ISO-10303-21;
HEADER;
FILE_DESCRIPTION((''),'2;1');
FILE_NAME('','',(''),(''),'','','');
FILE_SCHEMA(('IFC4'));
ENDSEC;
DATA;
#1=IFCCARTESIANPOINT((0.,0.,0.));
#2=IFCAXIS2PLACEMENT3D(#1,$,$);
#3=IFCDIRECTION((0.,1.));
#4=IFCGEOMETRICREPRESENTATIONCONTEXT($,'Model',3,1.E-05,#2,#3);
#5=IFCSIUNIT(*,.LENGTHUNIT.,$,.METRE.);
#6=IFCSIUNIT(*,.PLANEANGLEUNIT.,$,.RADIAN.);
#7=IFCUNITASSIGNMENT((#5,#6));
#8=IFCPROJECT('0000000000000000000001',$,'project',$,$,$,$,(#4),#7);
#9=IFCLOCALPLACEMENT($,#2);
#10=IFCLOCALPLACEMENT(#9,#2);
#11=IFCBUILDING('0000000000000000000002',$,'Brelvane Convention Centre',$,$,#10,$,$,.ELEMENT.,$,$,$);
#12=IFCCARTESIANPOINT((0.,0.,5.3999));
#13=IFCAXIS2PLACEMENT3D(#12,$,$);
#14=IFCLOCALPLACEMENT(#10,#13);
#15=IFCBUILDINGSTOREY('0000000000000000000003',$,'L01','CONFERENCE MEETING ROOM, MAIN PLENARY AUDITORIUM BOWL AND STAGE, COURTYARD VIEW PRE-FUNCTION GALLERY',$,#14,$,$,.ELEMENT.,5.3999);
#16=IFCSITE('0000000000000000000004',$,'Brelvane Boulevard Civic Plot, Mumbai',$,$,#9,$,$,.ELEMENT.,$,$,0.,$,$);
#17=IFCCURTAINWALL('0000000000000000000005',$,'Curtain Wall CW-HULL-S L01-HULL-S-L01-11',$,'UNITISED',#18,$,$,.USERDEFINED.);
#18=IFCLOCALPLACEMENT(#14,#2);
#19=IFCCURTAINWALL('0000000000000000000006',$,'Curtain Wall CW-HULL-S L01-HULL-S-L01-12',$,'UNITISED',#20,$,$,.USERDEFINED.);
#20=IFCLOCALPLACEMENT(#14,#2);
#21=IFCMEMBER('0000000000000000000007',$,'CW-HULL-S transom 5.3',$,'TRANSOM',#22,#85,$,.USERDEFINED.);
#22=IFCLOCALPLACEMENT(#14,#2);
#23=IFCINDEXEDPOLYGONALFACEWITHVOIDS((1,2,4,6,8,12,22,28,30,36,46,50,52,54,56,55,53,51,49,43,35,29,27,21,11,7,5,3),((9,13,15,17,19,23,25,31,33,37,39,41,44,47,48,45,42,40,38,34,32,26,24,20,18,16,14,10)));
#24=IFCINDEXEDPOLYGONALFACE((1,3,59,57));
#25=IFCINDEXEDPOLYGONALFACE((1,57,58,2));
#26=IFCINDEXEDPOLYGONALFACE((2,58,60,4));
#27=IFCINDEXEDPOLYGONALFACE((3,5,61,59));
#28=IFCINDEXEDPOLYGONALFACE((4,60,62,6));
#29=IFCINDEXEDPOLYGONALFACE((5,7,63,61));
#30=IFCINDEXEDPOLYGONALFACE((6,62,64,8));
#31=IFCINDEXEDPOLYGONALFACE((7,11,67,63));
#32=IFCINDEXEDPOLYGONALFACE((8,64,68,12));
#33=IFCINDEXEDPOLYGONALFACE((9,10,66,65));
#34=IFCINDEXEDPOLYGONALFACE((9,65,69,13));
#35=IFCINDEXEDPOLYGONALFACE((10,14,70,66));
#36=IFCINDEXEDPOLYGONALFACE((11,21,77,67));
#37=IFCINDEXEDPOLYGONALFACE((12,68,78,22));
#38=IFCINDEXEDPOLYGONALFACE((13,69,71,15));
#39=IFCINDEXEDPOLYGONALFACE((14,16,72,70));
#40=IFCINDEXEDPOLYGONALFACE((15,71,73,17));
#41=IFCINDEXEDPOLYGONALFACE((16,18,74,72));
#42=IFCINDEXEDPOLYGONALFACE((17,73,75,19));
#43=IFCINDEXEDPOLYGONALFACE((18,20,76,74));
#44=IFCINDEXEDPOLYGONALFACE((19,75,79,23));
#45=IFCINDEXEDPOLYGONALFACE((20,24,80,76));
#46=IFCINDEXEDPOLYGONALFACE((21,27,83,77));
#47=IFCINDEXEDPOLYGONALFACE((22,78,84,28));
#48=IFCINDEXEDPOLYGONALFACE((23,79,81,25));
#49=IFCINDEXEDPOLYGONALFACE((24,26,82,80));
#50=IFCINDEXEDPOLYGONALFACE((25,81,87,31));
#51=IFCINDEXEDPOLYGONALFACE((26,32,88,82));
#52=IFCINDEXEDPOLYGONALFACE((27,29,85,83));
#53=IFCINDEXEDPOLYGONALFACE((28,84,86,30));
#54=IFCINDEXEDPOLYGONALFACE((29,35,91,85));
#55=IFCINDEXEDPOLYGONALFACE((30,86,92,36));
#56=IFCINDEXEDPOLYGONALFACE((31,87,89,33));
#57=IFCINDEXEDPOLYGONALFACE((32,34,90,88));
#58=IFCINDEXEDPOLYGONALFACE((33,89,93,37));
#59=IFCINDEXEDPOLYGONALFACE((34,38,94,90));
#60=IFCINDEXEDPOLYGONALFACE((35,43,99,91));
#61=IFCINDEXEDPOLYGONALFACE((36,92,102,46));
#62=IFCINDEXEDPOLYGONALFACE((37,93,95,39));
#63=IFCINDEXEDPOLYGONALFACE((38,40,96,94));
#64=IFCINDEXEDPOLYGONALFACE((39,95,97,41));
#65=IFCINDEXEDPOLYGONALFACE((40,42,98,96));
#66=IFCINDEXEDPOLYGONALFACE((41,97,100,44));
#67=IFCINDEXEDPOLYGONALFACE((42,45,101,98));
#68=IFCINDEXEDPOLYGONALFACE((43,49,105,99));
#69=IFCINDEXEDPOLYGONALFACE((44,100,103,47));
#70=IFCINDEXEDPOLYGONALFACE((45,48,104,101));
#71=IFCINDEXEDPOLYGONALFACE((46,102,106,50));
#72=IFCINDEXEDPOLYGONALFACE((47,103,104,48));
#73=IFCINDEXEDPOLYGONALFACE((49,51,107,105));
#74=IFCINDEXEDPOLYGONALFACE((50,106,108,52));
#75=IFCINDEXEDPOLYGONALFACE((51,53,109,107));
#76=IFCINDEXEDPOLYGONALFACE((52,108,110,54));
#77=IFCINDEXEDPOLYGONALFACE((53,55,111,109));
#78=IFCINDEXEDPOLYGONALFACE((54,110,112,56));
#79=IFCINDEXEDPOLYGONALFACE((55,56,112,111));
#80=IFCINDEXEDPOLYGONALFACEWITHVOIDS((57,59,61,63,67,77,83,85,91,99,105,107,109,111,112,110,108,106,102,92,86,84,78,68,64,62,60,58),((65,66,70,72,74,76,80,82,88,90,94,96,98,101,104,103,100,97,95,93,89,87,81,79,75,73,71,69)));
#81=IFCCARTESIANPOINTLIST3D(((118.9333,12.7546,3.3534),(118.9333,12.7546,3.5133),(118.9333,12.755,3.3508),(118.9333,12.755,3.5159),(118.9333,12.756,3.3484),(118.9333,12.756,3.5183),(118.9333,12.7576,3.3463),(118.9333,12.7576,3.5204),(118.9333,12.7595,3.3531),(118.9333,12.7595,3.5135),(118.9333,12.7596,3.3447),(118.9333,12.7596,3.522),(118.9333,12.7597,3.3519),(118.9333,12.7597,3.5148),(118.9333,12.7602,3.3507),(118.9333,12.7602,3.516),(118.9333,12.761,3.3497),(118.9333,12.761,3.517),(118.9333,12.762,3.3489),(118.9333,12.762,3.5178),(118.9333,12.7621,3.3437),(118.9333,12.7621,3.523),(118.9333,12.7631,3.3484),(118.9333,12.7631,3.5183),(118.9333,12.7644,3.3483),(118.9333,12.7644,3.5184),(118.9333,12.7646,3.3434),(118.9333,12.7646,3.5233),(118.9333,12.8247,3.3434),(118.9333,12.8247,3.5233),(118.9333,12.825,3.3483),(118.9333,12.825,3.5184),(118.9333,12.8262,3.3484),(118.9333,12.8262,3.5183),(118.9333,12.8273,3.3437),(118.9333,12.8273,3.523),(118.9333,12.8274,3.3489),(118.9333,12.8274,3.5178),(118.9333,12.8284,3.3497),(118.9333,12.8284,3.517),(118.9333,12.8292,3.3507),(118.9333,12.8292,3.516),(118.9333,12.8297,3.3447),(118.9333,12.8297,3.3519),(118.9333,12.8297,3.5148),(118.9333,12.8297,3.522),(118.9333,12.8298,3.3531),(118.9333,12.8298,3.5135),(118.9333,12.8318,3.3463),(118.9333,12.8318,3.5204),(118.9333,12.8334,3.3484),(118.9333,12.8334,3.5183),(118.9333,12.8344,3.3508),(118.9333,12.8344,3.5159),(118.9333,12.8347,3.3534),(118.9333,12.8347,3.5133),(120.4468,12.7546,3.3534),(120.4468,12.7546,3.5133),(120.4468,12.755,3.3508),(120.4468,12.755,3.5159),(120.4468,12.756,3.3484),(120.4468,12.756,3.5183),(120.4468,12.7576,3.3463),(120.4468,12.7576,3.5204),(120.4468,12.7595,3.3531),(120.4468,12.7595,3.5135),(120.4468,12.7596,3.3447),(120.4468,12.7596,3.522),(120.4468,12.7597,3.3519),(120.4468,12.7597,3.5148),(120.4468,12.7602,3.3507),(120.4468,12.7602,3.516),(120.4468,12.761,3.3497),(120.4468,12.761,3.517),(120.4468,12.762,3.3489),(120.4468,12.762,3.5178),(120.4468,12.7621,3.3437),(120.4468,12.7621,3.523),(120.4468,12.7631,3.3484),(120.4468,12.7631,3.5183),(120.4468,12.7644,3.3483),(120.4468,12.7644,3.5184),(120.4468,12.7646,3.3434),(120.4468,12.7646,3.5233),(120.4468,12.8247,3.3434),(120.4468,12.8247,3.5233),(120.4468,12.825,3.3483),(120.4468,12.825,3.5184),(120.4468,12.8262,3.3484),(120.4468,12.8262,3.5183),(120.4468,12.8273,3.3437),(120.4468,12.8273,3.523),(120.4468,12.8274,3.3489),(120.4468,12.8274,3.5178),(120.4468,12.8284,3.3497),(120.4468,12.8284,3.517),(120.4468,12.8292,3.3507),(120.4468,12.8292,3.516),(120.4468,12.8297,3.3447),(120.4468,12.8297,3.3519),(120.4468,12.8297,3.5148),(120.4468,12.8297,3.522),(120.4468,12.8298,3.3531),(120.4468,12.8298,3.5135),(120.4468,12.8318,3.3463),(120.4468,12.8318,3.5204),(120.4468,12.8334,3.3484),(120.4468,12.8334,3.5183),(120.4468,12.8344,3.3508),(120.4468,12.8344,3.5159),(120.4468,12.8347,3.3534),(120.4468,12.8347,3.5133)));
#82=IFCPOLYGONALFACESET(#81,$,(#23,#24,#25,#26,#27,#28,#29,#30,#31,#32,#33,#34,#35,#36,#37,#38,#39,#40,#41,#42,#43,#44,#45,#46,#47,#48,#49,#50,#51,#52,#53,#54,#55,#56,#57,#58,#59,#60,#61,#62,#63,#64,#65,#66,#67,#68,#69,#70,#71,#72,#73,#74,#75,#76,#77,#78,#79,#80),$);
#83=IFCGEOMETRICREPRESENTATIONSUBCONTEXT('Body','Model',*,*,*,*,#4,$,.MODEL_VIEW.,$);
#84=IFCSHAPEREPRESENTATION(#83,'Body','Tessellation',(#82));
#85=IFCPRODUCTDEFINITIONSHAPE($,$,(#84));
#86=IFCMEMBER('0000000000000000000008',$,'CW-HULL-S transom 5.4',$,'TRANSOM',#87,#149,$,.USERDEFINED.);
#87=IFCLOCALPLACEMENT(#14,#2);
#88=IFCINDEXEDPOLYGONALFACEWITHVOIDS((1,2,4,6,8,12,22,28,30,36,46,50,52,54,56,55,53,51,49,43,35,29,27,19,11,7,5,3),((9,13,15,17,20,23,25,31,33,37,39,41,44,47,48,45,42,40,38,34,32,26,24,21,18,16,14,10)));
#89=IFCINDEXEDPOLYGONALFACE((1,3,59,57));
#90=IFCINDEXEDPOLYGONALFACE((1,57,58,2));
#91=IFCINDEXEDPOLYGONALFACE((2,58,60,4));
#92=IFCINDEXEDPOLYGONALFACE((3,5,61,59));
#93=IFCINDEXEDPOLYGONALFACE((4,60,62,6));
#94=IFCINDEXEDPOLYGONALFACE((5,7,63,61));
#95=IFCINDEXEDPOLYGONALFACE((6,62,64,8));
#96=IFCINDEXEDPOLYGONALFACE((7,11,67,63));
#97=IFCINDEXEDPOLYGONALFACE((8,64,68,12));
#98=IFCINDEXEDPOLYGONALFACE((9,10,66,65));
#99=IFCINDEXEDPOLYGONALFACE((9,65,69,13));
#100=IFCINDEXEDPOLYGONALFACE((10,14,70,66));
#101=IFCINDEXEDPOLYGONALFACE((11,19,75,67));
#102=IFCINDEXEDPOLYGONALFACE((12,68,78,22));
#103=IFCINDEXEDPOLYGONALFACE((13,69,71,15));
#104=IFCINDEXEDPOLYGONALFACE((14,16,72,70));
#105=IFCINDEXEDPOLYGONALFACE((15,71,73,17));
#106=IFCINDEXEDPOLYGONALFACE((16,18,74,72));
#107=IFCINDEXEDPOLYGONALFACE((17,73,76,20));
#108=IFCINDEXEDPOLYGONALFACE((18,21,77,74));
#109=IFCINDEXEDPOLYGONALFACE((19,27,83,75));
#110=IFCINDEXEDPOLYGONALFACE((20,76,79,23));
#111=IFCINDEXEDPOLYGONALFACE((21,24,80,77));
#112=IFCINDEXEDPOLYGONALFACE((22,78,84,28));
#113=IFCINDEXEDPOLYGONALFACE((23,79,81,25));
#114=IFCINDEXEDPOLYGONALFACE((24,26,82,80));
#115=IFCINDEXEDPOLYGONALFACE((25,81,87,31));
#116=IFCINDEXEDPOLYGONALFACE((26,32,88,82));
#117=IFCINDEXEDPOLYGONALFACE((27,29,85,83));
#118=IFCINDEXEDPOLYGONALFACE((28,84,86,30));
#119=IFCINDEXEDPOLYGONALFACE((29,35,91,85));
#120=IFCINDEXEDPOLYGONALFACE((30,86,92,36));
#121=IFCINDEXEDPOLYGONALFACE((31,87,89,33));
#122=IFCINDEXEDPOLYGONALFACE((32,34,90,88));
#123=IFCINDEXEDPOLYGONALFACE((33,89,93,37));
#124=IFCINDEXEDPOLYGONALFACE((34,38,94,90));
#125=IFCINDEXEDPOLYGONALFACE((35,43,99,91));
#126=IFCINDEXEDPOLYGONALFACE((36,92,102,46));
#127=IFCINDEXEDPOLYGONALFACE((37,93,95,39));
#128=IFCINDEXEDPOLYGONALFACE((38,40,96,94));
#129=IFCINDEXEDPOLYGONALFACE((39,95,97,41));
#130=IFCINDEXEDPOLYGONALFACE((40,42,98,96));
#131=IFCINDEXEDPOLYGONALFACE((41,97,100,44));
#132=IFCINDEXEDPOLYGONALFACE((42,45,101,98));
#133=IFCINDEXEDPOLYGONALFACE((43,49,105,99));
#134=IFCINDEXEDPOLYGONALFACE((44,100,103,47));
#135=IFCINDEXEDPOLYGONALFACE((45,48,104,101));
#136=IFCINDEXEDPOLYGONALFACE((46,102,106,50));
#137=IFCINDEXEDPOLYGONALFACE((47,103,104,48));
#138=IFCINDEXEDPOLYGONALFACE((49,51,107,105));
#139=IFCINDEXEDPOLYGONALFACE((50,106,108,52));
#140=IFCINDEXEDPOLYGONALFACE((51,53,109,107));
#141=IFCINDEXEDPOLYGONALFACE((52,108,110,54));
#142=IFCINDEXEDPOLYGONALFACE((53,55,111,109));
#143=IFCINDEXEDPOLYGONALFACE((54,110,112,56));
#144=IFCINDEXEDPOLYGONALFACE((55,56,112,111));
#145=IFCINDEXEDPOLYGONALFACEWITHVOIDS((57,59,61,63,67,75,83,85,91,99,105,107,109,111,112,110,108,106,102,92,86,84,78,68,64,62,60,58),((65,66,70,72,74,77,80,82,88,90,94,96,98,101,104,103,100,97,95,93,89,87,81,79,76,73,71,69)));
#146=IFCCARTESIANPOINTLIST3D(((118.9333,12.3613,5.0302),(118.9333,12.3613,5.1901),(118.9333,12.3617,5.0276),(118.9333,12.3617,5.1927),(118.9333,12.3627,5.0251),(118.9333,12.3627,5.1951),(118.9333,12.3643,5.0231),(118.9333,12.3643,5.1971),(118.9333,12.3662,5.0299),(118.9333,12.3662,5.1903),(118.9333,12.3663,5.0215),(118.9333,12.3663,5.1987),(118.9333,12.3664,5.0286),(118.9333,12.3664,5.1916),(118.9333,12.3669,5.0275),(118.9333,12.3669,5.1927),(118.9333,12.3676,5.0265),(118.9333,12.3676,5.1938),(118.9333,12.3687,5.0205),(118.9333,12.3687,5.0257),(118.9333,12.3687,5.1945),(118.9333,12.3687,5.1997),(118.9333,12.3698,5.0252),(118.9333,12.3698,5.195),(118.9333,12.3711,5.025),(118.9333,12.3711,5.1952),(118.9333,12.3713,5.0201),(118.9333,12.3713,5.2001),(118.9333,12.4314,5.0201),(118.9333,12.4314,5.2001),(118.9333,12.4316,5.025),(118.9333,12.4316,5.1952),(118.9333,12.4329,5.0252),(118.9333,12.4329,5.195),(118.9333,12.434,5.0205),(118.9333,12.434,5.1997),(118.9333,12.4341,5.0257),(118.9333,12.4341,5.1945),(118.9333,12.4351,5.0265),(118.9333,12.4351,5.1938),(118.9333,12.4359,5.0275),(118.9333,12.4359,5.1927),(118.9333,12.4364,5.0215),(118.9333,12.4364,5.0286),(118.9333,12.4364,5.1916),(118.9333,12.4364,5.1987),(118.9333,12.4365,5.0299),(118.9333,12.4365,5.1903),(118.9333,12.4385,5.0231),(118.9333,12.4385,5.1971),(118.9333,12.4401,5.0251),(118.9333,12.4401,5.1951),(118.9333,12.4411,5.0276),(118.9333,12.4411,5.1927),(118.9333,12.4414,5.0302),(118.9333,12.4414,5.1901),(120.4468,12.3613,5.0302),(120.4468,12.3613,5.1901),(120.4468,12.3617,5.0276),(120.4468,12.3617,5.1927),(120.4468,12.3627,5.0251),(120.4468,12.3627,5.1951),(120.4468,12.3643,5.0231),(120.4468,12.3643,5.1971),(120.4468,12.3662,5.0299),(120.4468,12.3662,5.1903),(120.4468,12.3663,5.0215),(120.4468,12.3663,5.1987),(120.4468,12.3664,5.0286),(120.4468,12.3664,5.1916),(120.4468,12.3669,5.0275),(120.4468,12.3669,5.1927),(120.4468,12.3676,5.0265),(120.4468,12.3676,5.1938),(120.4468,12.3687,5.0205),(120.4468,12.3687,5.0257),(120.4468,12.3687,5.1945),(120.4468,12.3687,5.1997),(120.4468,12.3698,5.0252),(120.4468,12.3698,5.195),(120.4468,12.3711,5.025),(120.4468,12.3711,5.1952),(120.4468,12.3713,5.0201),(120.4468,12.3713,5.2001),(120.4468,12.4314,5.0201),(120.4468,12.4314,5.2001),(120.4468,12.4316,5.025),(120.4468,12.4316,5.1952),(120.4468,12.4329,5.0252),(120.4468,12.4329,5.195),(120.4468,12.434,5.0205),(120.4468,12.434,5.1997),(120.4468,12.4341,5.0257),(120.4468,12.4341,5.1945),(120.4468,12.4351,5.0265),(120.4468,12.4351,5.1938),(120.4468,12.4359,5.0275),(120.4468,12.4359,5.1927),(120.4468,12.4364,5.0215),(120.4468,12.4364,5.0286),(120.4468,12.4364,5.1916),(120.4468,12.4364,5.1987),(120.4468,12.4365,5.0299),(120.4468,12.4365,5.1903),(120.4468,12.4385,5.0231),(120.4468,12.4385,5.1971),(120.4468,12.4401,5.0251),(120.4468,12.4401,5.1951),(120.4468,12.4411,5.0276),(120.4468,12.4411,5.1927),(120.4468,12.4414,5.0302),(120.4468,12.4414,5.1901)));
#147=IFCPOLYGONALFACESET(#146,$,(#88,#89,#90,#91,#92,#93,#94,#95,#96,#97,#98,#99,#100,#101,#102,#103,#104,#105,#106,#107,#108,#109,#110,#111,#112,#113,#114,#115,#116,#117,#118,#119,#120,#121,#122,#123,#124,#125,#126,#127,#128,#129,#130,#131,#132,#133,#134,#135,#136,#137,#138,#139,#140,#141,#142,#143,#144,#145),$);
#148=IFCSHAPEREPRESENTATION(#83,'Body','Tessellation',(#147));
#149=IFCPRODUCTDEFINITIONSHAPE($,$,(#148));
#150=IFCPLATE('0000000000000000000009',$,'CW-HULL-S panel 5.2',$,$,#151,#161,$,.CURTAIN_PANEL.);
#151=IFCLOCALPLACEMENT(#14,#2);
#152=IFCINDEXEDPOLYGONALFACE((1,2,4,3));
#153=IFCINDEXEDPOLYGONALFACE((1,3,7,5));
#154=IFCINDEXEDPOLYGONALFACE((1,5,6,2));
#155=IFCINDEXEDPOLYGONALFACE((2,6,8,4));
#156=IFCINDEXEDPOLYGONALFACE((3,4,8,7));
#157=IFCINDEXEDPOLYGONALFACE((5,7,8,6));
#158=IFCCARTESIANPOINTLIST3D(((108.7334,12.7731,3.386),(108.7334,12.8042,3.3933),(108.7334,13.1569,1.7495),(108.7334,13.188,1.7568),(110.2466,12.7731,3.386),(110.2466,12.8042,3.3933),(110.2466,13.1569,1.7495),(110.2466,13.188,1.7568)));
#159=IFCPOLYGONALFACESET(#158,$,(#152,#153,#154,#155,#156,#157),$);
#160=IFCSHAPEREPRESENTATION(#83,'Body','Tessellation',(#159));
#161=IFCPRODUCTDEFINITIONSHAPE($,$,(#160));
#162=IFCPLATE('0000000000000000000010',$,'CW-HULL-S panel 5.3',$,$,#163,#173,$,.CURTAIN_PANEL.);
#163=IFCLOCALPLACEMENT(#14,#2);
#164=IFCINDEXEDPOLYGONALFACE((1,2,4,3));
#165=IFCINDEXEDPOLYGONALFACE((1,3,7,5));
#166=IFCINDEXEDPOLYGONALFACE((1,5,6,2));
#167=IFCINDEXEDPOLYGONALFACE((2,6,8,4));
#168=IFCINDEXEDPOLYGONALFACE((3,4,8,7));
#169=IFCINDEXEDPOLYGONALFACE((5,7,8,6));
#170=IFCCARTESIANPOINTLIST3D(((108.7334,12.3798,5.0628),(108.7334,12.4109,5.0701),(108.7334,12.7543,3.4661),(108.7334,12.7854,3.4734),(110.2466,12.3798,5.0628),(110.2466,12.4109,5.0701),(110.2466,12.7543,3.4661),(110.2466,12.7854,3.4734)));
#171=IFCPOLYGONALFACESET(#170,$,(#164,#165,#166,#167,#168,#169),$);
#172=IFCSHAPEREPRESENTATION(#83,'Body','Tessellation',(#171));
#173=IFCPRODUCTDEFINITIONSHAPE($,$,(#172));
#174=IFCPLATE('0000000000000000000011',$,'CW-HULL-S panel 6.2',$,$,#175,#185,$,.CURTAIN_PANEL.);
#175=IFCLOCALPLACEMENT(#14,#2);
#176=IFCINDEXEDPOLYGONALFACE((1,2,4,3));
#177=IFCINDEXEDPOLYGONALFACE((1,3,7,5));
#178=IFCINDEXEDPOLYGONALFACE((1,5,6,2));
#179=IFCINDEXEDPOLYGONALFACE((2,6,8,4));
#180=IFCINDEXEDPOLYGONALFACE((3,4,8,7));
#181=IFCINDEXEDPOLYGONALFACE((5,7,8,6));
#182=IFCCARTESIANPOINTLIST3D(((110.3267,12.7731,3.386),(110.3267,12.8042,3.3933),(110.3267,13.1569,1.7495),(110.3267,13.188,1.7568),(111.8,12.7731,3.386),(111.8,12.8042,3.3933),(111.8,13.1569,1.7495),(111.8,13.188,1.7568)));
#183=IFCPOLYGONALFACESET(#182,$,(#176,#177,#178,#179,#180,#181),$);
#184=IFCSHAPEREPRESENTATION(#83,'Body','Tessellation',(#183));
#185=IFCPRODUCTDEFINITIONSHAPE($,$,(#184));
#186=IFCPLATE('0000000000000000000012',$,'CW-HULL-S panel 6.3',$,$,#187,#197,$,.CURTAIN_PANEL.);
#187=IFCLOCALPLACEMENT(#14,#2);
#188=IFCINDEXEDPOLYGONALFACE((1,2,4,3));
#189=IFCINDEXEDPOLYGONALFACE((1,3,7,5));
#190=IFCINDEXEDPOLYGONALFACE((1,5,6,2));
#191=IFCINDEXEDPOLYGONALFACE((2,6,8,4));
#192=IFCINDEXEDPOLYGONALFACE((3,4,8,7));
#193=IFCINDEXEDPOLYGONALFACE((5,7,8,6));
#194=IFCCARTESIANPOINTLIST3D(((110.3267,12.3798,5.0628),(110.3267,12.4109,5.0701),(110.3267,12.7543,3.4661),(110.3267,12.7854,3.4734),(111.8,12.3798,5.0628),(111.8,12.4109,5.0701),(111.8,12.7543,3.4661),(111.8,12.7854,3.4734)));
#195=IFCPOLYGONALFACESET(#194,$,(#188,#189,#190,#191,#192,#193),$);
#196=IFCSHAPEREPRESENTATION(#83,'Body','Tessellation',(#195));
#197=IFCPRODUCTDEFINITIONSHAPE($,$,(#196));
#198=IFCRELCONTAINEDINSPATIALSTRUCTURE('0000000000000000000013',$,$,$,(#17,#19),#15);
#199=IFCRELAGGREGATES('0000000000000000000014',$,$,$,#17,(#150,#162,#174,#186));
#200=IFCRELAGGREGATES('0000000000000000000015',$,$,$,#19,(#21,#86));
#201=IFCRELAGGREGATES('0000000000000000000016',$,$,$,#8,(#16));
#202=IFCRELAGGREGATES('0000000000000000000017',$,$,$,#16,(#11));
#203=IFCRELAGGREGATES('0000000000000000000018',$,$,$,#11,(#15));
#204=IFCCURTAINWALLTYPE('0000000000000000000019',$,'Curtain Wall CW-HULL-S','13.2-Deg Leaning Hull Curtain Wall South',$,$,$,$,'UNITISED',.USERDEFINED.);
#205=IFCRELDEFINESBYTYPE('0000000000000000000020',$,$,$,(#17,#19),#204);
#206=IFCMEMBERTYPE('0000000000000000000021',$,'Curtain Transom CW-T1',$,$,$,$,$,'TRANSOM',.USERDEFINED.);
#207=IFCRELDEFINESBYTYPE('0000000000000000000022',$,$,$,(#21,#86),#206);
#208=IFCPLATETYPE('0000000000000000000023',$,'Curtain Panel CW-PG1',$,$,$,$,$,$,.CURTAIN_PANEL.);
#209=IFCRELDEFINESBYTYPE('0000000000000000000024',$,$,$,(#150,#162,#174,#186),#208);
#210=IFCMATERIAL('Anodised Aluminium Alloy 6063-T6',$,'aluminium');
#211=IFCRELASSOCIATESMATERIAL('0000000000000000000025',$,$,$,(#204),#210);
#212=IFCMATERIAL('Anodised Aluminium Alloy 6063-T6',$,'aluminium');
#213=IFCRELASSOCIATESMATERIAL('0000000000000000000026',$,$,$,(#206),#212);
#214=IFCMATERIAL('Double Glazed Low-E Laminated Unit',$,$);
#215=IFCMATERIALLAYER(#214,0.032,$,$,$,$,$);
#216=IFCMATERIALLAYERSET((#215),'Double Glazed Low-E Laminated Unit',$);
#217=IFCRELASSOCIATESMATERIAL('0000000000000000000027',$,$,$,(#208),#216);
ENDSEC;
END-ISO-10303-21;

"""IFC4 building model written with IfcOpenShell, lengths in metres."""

from ifc_helpers import new_model, si_unit, direction, frame, origin, origin_2d, place, context, subcontext, project, spatial, polyline, hollow_rectangle, outline, extrude, material, layer, layer_set, material_profile, profile_set, type_object, element, aggregate, save


model = new_model("IFC4")

# Units and contexts
model_context = context("Model", 3, precision=1e-05, world=origin(), true_north=direction((0.0, 1.0)))
body_context = subcontext(model_context, "Body", "Model", "MODEL_VIEW")
ifc_project = project(units=[si_unit("LENGTHUNIT", "METRE"), si_unit("PLANEANGLEUNIT", "RADIAN")], contexts=[model_context])

# Site, building, storey
site_placement = place(None, origin())
site = spatial("IfcSite", under=ifc_project, at=site_placement, Name="Brelvane Boulevard Civic Plot, Mumbai", CompositionType="ELEMENT", RefElevation=0.0)
building_placement = place(site_placement, origin())
building = spatial("IfcBuilding", under=site, at=building_placement, Name="Brelvane Convention Centre", CompositionType="ELEMENT")
storey_placement = place(building_placement, frame((0.0, 0.0, 5.3999)))
storey = spatial("IfcBuildingStorey", under=building, at=storey_placement, Name="L01", Description="CONFERENCE MEETING ROOM, MAIN PLENARY AUDITORIUM BOWL AND STAGE, COURTYARD VIEW PRE-FUNCTION GALLERY", CompositionType="ELEMENT", Elevation=5.3999)

# Curtain walls, members
ifc_material_1 = material(Name="Anodised Aluminium Alloy 6063-T6", Category="aluminium")
curtain_wall_type = type_object("IfcCurtainWallType", Name="Curtain Wall CW-HULL-S", Description="13.2-Deg Leaning Hull Curtain Wall South", ElementType="UNITISED", PredefinedType="USERDEFINED", material=ifc_material_1)
curtain_wall_1_placement = place(storey_placement, origin())
curtain_wall_1 = element("IfcCurtainWall", 1, at=curtain_wall_1_placement, inside=storey, type_object=curtain_wall_type, Name="Curtain Wall CW-HULL-S L01-HULL-S-L01-11", ObjectType="UNITISED", PredefinedType="USERDEFINED")
ifc_material_2 = material(Name="Anodised Aluminium Alloy 6063-T6", Category="aluminium")
ifc_material_profile = material_profile(ifc_material_2, hollow_rectangle(XDim=0.0801, YDim=0.1799, WallThickness=0.0049, InnerFilletRadius=0.0049, OuterFilletRadius=0.01, at=origin_2d()), Name="ALU-T 180x80x5.0")
ifc_profile_set = profile_set([ifc_material_profile], Name="Anodised Aluminium Alloy 6063-T6")
member_type = type_object("IfcMemberType", Name="Curtain Transom CW-T1", ElementType="TRANSOM", PredefinedType="USERDEFINED", material=ifc_profile_set)
curtain_wall_2_placement = place(storey_placement, origin())
curtain_wall_2 = element("IfcCurtainWall", 2, at=curtain_wall_2_placement, inside=storey, type_object=curtain_wall_type, Name="Curtain Wall CW-HULL-S L01-HULL-S-L01-12", ObjectType="UNITISED", PredefinedType="USERDEFINED")
member_1_placement = place(storey_placement, frame((118.9333, 12.7947, 3.4333), z_axis=(1.0, 0.0, 0.0), x_axis=(0.0, 1.0, 0.0)))
member_1 = element("IfcMember", 3, at=member_1_placement, type_object=member_type, Name="CW-HULL-S transom 5.3", ObjectType="TRANSOM", PredefinedType="USERDEFINED", context=body_context, shape_type="SweptSolid", body=[
    extrude(hollow_rectangle(XDim=0.0801, YDim=0.1799, WallThickness=0.0049, InnerFilletRadius=0.0049, OuterFilletRadius=0.01, at=origin_2d()), origin(), (0.0, 0.0, 1.0), 1.5134),
])
member_2_placement = place(storey_placement, frame((118.9333, 12.4014, 5.1101), z_axis=(1.0, 0.0, 0.0), x_axis=(0.0, 1.0, 0.0)))
member_2 = element("IfcMember", 4, at=member_2_placement, type_object=member_type, Name="CW-HULL-S transom 5.4", ObjectType="TRANSOM", PredefinedType="USERDEFINED", context=body_context, shape_type="SweptSolid", body=[
    extrude(hollow_rectangle(XDim=0.0801, YDim=0.1799, WallThickness=0.0049, InnerFilletRadius=0.0049, OuterFilletRadius=0.01, at=origin_2d()), origin(), (0.0, 0.0, 1.0), 1.5134),
])

# Plates
ifc_material_3 = material(Name="Double Glazed Low-E Laminated Unit")
ifc_layer = layer(ifc_material_3, 0.032)
ifc_layer_set = layer_set([ifc_layer], Name="Double Glazed Low-E Laminated Unit")
plate_type = type_object("IfcPlateType", Name="Curtain Panel CW-PG1", PredefinedType="CURTAIN_PANEL", material=ifc_layer_set)
plate_1_placement = place(storey_placement, frame((108.7334, 13.188, 1.7568), z_axis=(0.0, 0.973585, 0.228327), x_axis=(1.0, 0.0, 0.0)))
plate_1 = element("IfcPlate", 5, at=plate_1_placement, type_object=plate_type, Name="CW-HULL-S panel 5.2", PredefinedType="CURTAIN_PANEL", context=body_context, shape_type="SweptSolid", body=[
    extrude(outline(polyline([(0.0, 0.0), (1.5132, 0.0), (1.5132, -1.6809), (0.0, -1.6809), (0.0, 0.0)])), origin(), (0.0, 0.0, -1.0), 0.032),
])
plate_2_placement = place(storey_placement, frame((108.7334, 12.7854, 3.4734), z_axis=(0.0, 0.973577, 0.228359), x_axis=(1.0, 0.0, 0.0)))
plate_2 = element("IfcPlate", 6, at=plate_2_placement, type_object=plate_type, Name="CW-HULL-S panel 5.3", PredefinedType="CURTAIN_PANEL", context=body_context, shape_type="SweptSolid", body=[
    extrude(outline(polyline([(0.0, 0.0), (1.5132, 0.0), (1.5132, -1.64), (0.0, -1.64), (0.0, 0.0)])), origin(), (0.0, 0.0, -1.0), 0.032),
])
plate_3_placement = place(storey_placement, frame((110.3267, 13.188, 1.7568), z_axis=(0.0, 0.973585, 0.228327), x_axis=(1.0, 0.0, 0.0)))
plate_3 = element("IfcPlate", 7, at=plate_3_placement, type_object=plate_type, Name="CW-HULL-S panel 6.2", PredefinedType="CURTAIN_PANEL", context=body_context, shape_type="SweptSolid", body=[
    extrude(outline(polyline([(0.0, 0.0), (1.4734, 0.0), (1.4734, -1.6809), (0.0, -1.6809), (0.0, 0.0)])), origin(), (0.0, 0.0, -1.0), 0.032),
])
plate_4_placement = place(storey_placement, frame((110.3267, 12.7854, 3.4734), z_axis=(0.0, 0.973577, 0.228359), x_axis=(1.0, 0.0, 0.0)))
plate_4 = element("IfcPlate", 8, at=plate_4_placement, type_object=plate_type, Name="CW-HULL-S panel 6.3", PredefinedType="CURTAIN_PANEL", context=body_context, shape_type="SweptSolid", body=[
    extrude(outline(polyline([(0.0, 0.0), (1.4734, 0.0), (1.4734, -1.64), (0.0, -1.64), (0.0, 0.0)])), origin(), (0.0, 0.0, -1.0), 0.032),
])
aggregate(curtain_wall_1, [plate_1, plate_2, plate_3, plate_4])
aggregate(curtain_wall_2, [member_1, member_2])

save(model, "model.ifc")
